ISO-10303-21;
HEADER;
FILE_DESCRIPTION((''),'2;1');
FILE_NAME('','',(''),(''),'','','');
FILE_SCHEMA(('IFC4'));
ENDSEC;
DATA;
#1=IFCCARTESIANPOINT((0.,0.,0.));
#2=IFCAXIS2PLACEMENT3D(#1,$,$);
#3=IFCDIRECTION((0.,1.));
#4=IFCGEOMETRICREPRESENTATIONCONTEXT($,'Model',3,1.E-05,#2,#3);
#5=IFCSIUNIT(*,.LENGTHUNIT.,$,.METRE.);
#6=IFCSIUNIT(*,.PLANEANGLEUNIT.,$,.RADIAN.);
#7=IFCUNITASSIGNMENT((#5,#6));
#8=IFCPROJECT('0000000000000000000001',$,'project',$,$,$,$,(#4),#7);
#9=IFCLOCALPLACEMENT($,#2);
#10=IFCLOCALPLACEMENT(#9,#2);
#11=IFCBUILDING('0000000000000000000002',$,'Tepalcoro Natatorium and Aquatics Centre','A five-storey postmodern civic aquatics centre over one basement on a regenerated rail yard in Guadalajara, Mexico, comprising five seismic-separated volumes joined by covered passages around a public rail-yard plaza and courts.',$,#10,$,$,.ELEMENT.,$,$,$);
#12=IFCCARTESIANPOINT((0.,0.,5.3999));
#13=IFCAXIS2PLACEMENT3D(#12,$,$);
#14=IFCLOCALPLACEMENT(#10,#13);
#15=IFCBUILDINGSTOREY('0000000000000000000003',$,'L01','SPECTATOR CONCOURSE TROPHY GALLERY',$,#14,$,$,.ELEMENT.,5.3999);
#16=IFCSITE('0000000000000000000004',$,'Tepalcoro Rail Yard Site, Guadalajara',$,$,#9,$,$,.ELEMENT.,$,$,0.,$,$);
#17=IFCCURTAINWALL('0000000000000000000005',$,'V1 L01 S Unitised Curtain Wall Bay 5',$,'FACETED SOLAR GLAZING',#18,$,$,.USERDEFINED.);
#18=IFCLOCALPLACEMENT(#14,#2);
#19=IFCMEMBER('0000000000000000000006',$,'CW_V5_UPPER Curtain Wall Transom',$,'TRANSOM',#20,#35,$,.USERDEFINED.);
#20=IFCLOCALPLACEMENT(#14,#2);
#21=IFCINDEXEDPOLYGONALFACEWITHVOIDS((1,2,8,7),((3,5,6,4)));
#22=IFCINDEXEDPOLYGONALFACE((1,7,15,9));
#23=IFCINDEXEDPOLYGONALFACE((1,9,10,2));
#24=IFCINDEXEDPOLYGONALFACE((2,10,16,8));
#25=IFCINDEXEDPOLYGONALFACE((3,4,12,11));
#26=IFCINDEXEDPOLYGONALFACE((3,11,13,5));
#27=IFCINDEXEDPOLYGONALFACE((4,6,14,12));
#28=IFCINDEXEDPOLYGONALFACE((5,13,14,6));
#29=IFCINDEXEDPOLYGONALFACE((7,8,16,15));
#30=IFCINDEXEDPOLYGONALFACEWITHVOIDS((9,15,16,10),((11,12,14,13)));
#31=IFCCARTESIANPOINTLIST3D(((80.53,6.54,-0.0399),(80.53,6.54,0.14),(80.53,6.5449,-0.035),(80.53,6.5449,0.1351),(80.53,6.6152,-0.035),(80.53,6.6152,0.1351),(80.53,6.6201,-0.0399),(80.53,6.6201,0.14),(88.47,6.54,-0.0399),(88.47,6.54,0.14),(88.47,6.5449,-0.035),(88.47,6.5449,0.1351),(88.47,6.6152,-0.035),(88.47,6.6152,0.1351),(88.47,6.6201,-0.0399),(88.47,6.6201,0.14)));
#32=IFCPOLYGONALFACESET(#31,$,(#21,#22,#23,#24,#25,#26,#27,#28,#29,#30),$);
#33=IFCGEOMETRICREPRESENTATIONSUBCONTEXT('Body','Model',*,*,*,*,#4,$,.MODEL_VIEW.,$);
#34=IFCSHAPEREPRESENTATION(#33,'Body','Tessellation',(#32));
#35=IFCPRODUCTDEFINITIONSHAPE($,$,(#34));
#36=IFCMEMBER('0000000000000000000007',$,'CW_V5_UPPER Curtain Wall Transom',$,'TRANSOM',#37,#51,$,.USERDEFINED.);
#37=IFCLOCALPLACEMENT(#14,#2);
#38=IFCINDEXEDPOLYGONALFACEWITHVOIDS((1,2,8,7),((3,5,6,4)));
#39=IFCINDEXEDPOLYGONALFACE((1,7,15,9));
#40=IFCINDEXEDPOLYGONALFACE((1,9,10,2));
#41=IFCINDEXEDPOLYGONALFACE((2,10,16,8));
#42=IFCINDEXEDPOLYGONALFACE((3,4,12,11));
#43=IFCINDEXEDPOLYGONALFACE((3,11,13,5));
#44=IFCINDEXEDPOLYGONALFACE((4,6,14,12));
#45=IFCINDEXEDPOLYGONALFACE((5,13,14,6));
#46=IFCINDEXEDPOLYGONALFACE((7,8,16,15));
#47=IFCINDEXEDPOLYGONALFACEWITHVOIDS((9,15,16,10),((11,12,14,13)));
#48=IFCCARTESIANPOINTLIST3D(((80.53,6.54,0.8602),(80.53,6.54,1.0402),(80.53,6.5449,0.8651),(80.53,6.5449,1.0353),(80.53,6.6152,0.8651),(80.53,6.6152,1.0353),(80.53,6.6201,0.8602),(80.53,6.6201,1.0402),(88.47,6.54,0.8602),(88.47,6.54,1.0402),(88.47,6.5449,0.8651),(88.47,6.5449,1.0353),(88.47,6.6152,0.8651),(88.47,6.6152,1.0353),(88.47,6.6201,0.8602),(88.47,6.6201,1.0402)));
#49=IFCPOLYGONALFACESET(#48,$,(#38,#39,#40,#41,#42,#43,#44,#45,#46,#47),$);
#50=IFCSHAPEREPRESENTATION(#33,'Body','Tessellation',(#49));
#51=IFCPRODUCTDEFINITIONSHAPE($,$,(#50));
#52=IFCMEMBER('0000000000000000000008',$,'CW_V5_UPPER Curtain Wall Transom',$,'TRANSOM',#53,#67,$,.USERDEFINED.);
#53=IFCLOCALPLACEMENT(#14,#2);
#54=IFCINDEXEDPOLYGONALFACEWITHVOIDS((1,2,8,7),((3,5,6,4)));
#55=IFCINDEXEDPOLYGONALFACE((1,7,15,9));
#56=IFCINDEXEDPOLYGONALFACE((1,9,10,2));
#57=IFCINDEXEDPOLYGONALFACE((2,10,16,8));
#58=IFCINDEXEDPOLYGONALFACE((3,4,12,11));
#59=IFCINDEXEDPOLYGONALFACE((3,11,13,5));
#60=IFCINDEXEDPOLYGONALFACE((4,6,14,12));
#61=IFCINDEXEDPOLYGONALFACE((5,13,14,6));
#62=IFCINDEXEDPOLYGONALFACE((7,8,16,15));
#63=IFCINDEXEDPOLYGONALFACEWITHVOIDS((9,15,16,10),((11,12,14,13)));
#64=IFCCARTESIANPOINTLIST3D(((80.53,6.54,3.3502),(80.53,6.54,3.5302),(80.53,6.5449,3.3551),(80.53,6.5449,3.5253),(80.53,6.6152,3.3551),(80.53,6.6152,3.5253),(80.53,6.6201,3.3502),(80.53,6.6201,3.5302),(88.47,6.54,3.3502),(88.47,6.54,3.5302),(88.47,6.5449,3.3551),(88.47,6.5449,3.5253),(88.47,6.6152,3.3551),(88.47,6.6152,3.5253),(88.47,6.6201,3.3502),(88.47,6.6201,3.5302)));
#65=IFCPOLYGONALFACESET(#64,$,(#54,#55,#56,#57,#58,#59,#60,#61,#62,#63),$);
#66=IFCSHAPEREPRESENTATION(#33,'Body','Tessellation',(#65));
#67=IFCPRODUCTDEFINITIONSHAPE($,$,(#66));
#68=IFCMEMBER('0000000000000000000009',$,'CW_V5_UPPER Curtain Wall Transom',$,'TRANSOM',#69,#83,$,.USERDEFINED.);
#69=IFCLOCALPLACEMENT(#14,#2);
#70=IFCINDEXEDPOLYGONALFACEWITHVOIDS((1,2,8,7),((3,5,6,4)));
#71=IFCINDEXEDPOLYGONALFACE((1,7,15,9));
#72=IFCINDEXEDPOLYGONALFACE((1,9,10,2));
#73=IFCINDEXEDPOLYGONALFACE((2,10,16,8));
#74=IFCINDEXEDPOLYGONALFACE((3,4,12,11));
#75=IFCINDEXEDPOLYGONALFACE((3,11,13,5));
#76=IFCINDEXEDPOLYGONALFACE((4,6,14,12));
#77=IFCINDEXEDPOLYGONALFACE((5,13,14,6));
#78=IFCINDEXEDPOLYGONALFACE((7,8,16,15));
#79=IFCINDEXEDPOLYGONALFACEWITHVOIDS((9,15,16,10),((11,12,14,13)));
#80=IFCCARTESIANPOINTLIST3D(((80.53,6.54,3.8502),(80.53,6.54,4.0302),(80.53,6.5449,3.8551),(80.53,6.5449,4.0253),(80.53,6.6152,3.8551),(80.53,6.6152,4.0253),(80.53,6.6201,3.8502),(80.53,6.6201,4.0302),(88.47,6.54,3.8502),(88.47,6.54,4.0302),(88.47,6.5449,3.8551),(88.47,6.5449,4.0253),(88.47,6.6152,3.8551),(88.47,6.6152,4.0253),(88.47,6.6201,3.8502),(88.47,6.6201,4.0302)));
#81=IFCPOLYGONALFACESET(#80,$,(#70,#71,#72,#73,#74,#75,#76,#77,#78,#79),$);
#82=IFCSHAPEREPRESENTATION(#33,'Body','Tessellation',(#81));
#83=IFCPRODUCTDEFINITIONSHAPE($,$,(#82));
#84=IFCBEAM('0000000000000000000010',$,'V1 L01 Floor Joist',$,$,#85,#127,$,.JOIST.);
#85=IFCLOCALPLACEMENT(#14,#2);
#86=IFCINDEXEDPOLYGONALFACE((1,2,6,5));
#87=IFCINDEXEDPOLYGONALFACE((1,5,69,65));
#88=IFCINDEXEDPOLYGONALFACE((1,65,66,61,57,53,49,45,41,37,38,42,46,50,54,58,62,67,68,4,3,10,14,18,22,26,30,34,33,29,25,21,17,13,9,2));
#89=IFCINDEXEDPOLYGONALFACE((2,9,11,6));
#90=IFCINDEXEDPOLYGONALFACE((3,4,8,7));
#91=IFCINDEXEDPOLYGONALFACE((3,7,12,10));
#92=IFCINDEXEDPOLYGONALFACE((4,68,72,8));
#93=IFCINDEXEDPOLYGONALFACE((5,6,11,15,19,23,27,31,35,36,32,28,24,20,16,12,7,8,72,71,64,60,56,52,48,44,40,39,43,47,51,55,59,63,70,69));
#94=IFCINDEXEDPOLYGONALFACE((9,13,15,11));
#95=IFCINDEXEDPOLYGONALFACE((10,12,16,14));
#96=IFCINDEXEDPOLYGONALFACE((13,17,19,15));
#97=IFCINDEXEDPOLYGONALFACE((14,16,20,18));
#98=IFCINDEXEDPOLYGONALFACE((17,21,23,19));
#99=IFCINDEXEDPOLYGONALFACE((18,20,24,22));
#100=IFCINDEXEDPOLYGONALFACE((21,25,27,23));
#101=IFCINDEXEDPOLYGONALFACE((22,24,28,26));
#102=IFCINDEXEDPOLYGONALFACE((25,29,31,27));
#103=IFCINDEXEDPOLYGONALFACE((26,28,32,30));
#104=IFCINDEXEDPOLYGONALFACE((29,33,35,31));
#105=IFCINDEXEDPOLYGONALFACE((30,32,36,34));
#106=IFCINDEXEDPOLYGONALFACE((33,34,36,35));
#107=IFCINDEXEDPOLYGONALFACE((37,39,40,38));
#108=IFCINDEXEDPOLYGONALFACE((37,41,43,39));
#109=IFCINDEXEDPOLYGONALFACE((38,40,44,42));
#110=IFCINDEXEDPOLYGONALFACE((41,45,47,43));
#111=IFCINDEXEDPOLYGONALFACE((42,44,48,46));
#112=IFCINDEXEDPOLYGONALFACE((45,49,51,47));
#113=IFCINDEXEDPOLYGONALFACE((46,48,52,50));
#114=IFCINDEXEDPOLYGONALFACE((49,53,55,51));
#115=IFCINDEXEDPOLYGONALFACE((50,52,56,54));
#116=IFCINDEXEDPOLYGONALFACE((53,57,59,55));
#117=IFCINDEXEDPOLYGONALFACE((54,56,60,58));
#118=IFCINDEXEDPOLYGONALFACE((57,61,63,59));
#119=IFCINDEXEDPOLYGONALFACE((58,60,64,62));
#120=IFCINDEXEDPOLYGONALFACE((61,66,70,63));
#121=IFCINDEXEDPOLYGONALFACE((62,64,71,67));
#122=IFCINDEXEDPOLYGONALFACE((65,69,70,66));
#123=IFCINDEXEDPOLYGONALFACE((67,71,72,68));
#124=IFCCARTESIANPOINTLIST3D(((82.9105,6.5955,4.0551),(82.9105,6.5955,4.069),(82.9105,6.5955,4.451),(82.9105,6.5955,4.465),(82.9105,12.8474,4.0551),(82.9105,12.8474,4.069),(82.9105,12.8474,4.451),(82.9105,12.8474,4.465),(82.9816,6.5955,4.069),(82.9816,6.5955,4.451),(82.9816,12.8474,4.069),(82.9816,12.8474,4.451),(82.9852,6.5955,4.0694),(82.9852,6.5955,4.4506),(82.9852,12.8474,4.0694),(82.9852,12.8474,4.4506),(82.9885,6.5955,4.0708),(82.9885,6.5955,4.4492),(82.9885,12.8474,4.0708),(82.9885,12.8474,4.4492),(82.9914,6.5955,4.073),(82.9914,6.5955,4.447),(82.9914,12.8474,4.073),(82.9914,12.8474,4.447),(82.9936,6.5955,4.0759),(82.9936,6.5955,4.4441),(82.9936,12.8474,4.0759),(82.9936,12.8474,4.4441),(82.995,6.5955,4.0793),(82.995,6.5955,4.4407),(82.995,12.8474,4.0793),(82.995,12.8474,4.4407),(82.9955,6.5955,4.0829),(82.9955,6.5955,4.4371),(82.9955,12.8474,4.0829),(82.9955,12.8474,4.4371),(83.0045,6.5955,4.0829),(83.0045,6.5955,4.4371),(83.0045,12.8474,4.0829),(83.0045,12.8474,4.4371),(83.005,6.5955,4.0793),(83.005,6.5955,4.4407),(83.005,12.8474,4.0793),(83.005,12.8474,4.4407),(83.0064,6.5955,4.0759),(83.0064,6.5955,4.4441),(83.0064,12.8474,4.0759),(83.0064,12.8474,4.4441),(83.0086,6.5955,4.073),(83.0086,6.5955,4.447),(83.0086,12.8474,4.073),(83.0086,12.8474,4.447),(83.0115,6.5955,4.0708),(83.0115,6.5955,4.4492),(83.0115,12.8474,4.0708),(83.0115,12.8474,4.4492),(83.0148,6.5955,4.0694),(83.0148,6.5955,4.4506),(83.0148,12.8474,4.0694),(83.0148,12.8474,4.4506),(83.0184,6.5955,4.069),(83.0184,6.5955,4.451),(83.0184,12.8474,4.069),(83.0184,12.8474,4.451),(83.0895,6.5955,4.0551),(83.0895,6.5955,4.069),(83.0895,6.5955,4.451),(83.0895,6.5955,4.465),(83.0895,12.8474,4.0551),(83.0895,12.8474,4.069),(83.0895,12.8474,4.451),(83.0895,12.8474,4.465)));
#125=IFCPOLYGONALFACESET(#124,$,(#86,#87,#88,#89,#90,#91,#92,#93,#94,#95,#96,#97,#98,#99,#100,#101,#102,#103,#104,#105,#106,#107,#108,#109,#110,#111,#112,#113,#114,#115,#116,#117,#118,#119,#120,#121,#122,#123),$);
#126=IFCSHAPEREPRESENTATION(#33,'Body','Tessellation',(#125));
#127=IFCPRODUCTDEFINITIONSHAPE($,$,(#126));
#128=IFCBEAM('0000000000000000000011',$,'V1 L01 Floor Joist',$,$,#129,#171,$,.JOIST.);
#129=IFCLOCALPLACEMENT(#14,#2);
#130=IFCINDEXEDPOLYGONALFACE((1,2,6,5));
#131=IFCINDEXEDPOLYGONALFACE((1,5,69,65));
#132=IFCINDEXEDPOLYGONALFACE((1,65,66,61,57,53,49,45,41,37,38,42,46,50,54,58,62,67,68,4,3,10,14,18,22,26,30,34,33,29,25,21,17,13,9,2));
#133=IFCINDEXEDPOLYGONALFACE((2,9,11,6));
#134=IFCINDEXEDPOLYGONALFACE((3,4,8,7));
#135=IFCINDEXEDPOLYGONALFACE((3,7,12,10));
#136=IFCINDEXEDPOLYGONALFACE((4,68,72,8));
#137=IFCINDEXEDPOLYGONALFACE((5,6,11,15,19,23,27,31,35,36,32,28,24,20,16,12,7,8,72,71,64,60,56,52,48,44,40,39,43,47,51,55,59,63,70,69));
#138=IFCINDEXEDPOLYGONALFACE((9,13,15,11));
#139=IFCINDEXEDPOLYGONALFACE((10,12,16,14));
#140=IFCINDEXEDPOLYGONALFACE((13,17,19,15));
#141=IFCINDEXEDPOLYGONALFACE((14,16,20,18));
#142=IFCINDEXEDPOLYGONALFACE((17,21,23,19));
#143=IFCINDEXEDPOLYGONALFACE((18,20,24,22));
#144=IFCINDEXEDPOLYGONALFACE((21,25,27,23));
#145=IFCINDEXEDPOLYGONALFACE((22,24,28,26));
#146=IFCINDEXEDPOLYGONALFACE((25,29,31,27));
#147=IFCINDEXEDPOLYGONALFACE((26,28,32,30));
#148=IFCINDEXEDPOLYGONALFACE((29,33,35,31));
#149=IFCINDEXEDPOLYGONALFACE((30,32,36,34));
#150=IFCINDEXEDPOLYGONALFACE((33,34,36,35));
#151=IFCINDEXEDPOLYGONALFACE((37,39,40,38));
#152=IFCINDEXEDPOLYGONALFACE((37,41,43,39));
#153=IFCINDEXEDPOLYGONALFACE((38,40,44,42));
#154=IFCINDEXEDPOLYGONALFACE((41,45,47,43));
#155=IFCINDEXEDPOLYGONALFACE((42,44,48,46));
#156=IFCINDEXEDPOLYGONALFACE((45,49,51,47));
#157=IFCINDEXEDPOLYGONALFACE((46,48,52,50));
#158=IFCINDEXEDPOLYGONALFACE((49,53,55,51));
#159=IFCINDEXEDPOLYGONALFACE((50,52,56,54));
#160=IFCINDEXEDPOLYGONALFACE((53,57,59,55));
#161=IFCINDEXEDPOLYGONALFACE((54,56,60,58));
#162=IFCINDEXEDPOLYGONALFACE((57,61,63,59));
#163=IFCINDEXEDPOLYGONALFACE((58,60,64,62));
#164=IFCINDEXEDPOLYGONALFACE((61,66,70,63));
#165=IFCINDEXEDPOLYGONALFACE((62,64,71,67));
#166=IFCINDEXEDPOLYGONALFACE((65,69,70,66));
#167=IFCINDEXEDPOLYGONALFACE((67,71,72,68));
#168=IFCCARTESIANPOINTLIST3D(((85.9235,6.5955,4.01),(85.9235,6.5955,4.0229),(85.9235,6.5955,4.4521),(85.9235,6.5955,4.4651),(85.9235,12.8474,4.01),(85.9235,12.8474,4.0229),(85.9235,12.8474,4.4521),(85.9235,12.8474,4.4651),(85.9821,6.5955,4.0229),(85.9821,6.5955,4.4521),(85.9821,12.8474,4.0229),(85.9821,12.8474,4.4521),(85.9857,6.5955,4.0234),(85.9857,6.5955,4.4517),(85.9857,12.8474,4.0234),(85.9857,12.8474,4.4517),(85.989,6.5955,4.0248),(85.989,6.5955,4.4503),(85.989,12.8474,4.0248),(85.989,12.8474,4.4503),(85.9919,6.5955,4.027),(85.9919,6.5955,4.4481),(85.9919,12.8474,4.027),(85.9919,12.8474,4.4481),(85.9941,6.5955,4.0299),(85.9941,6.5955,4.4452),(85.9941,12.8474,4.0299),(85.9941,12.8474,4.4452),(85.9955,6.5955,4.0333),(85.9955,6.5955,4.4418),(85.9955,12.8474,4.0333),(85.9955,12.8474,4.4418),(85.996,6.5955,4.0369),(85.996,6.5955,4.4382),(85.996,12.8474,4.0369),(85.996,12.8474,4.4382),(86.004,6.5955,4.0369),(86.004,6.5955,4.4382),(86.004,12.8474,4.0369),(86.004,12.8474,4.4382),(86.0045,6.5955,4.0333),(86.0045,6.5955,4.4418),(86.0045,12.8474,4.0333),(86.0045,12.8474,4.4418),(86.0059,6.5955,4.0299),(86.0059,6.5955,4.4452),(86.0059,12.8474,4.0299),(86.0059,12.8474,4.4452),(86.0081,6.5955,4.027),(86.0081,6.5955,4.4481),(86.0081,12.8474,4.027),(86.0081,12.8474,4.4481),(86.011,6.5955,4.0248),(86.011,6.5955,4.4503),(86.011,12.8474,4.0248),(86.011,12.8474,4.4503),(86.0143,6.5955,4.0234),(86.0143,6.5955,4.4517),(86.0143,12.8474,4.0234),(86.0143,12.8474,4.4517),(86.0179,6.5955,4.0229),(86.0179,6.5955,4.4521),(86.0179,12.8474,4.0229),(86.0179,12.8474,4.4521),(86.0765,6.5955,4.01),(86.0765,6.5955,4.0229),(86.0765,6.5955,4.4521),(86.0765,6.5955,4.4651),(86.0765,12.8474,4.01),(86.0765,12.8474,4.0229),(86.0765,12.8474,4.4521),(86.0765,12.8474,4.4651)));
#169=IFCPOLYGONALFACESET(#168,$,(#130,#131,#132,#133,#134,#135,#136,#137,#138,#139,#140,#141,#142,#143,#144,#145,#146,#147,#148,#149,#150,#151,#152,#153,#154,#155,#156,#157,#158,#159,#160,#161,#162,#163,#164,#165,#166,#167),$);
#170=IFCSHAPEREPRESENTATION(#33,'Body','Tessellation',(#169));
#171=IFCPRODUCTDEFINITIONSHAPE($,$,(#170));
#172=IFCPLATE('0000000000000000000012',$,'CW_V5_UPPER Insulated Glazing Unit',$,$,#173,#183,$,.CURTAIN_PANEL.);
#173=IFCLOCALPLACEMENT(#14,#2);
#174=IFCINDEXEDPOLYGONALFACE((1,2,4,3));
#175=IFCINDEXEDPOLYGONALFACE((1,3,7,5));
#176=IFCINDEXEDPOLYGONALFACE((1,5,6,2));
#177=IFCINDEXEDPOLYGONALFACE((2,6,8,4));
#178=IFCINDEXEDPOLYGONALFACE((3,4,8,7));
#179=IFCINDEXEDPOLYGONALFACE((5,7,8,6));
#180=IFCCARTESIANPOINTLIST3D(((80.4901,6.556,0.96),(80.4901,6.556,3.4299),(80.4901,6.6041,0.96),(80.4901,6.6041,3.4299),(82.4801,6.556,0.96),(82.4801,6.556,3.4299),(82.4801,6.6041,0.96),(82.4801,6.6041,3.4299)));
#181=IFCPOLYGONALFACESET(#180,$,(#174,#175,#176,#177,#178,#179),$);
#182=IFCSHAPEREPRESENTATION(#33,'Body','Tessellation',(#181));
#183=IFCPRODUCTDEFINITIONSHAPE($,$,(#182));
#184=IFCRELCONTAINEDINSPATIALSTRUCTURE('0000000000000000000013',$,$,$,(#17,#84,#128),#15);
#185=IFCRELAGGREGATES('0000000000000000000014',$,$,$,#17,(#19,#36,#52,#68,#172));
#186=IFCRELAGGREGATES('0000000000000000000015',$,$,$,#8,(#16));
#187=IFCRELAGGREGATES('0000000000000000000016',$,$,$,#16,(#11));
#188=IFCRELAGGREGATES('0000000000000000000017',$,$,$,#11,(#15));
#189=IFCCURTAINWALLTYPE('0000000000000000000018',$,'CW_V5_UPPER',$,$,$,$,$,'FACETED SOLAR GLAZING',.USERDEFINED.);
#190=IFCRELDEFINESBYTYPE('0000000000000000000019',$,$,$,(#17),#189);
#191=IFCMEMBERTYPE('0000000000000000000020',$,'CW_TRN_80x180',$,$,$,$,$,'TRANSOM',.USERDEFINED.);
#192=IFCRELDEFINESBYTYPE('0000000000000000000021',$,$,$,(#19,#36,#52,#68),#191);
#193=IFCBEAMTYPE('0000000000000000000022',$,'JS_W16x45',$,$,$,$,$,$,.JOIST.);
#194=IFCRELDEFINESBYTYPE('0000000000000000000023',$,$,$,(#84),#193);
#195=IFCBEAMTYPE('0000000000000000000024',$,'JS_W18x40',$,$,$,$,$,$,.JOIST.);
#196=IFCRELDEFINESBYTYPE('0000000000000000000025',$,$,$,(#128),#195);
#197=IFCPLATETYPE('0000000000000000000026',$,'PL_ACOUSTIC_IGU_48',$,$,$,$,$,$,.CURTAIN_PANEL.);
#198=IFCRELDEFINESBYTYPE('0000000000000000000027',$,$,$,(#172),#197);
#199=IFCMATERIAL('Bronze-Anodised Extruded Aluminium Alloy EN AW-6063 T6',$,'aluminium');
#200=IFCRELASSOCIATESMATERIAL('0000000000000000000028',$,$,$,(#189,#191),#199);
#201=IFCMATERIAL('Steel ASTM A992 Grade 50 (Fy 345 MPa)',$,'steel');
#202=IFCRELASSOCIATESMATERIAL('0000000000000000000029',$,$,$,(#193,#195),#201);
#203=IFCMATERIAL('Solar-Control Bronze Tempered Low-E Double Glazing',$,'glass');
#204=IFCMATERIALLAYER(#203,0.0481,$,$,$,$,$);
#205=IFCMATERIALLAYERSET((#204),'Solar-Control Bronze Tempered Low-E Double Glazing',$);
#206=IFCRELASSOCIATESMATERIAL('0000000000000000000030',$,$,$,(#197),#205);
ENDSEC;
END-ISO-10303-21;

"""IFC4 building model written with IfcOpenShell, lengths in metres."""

from ifc_helpers import new_model, si_unit, direction, frame, origin, origin_2d, place, context, subcontext, project, spatial, rectangle, hollow_rectangle, i_section, extrude, material, layer, layer_set, material_profile, profile_set, type_object, element, aggregate, save


model = new_model("IFC4")

# Units and contexts
model_context = context("Model", 3, precision=1e-05, world=origin(), true_north=direction((0.0, 1.0)))
body_context = subcontext(model_context, "Body", "Model", "MODEL_VIEW")
ifc_project = project(units=[si_unit("LENGTHUNIT", "METRE"), si_unit("PLANEANGLEUNIT", "RADIAN")], contexts=[model_context])

# Site, building, storey
site_placement = place(None, origin())
site = spatial("IfcSite", under=ifc_project, at=site_placement, Name="Tepalcoro Rail Yard Site, Guadalajara", CompositionType="ELEMENT", RefElevation=0.0)
building_placement = place(site_placement, origin())
building = spatial("IfcBuilding", under=site, at=building_placement, Name="Tepalcoro Natatorium and Aquatics Centre", Description="A five-storey postmodern civic aquatics centre over one basement on a regenerated rail yard in Guadalajara, Mexico, comprising five seismic-separated volumes joined by covered passages around a public rail-yard plaza and courts.", CompositionType="ELEMENT")
storey_placement = place(building_placement, frame((0.0, 0.0, 5.3999)))
storey = spatial("IfcBuildingStorey", under=building, at=storey_placement, Name="L01", Description="SPECTATOR CONCOURSE TROPHY GALLERY", CompositionType="ELEMENT", Elevation=5.3999)

# Shared definitions
ifc_material_1 = material(Name="Steel ASTM A992 Grade 50 (Fy 345 MPa)", Category="steel")

# Curtain wall, members
ifc_material_2 = material(Name="Bronze-Anodised Extruded Aluminium Alloy EN AW-6063 T6", Category="aluminium")
curtain_wall_type = type_object("IfcCurtainWallType", Name="CW_V5_UPPER", ElementType="FACETED SOLAR GLAZING", PredefinedType="USERDEFINED", material=ifc_material_2)
curtain_wall_placement = place(storey_placement, origin())
curtain_wall = element("IfcCurtainWall", 1, at=curtain_wall_placement, inside=storey, type_object=curtain_wall_type, Name="V1 L01 S Unitised Curtain Wall Bay 5", ObjectType="FACETED SOLAR GLAZING", PredefinedType="USERDEFINED")
ifc_material_profile_1 = material_profile(ifc_material_2, hollow_rectangle(XDim=0.0801, YDim=0.1799, WallThickness=0.0049, at=origin_2d()), Name="AL80X180X5")
ifc_profile_set_1 = profile_set([ifc_material_profile_1], Name="Bronze-Anodised Extruded Aluminium Alloy EN AW-6063 T6")
member_type_1 = type_object("IfcMemberType", Name="CW_TRN_80x180", ElementType="TRANSOM", PredefinedType="USERDEFINED", material=ifc_profile_set_1)
member_1_placement = place(storey_placement, frame((80.53, 6.5801, 0.05), z_axis=(1.0, 0.0, 0.0), x_axis=(0.0, 1.0, 0.0)))
member_1 = element("IfcMember", 2, at=member_1_placement, type_object=member_type_1, Name="CW_V5_UPPER Curtain Wall Transom", ObjectType="TRANSOM", PredefinedType="USERDEFINED", context=body_context, shape_type="SweptSolid", body=[
    extrude(hollow_rectangle(XDim=0.0801, YDim=0.1799, WallThickness=0.0049, at=origin_2d()), origin(), (0.0, 0.0, 1.0), 7.9399),
])
member_2_placement = place(storey_placement, frame((80.53, 6.5801, 0.9502), z_axis=(1.0, 0.0, 0.0), x_axis=(0.0, 1.0, 0.0)))
member_2 = element("IfcMember", 3, at=member_2_placement, type_object=member_type_1, Name="CW_V5_UPPER Curtain Wall Transom", ObjectType="TRANSOM", PredefinedType="USERDEFINED", context=body_context, shape_type="SweptSolid", body=[
    extrude(hollow_rectangle(XDim=0.0801, YDim=0.1799, WallThickness=0.0049, at=origin_2d()), origin(), (0.0, 0.0, 1.0), 7.9399),
])
member_3_placement = place(storey_placement, frame((80.53, 6.5801, 3.4402), z_axis=(1.0, 0.0, 0.0), x_axis=(0.0, 1.0, 0.0)))
member_3 = element("IfcMember", 4, at=member_3_placement, type_object=member_type_1, Name="CW_V5_UPPER Curtain Wall Transom", ObjectType="TRANSOM", PredefinedType="USERDEFINED", context=body_context, shape_type="SweptSolid", body=[
    extrude(hollow_rectangle(XDim=0.0801, YDim=0.1799, WallThickness=0.0049, at=origin_2d()), origin(), (0.0, 0.0, 1.0), 7.9399),
])
member_4_placement = place(storey_placement, frame((80.53, 6.5801, 3.9402), z_axis=(1.0, 0.0, 0.0), x_axis=(0.0, 1.0, 0.0)))
member_4 = element("IfcMember", 5, at=member_4_placement, type_object=member_type_1, Name="CW_V5_UPPER Curtain Wall Transom", ObjectType="TRANSOM", PredefinedType="USERDEFINED", context=body_context, shape_type="SweptSolid", body=[
    extrude(hollow_rectangle(XDim=0.0801, YDim=0.1799, WallThickness=0.0049, at=origin_2d()), origin(), (0.0, 0.0, 1.0), 7.9399),
])

# Beams
ifc_material_profile_2 = material_profile(ifc_material_1, i_section(OverallWidth=0.179, OverallDepth=0.4099, WebThickness=0.009, FlangeThickness=0.0139, FilletRadius=0.0139, at=origin_2d()), Name="W16X45")
ifc_profile_set_2 = profile_set([ifc_material_profile_2], Name="Steel ASTM A992 Grade 50 (Fy 345 MPa)")
beam_type_1 = type_object("IfcBeamType", Name="JS_W16x45", PredefinedType="JOIST", material=ifc_profile_set_2)
beam_1_placement = place(storey_placement, frame((83.0, 6.5955, 4.26), z_axis=(0.0, 1.0, 0.0), x_axis=(-1.0, 0.0, 0.0)))
element("IfcBeam", 6, at=beam_1_placement, inside=storey, type_object=beam_type_1, Name="V1 L01 Floor Joist", PredefinedType="JOIST", context=body_context, shape_type="SweptSolid", body=[
    extrude(i_section(OverallWidth=0.179, OverallDepth=0.4099, WebThickness=0.009, FlangeThickness=0.0139, FilletRadius=0.0139, at=origin_2d()), origin(), (0.0, 0.0, 1.0), 6.252),
])
ifc_material_profile_3 = material_profile(ifc_material_1, i_section(OverallWidth=0.1531, OverallDepth=0.4551, WebThickness=0.0081, FlangeThickness=0.0129, FilletRadius=0.0139, at=origin_2d()), Name="W18X40")
ifc_profile_set_3 = profile_set([ifc_material_profile_3], Name="Steel ASTM A992 Grade 50 (Fy 345 MPa)")
beam_type_2 = type_object("IfcBeamType", Name="JS_W18x40", PredefinedType="JOIST", material=ifc_profile_set_3)
beam_2_placement = place(storey_placement, frame((86.0, 6.5955, 4.2375), z_axis=(0.0, 1.0, 0.0), x_axis=(-1.0, 0.0, 0.0)))
element("IfcBeam", 7, at=beam_2_placement, inside=storey, type_object=beam_type_2, Name="V1 L01 Floor Joist", PredefinedType="JOIST", context=body_context, shape_type="SweptSolid", body=[
    extrude(i_section(OverallWidth=0.1531, OverallDepth=0.4551, WebThickness=0.0081, FlangeThickness=0.0129, FilletRadius=0.0139, at=origin_2d()), origin(), (0.0, 0.0, 1.0), 6.252),
])

# Plate
ifc_material_3 = material(Name="Solar-Control Bronze Tempered Low-E Double Glazing", Category="glass")
ifc_layer_1 = layer(ifc_material_3, 0.0481)
ifc_layer_set_1 = layer_set([ifc_layer_1], Name="Solar-Control Bronze Tempered Low-E Double Glazing")
plate_type_1 = type_object("IfcPlateType", Name="PL_ACOUSTIC_IGU_48", PredefinedType="CURTAIN_PANEL", material=ifc_layer_set_1)
plate_1_placement = place(storey_placement, frame((81.4851, 6.5801, 0.96), z_axis=(0.0, 0.0, 1.0), x_axis=(1.0, 0.0, 0.0)))
plate_1 = element("IfcPlate", 8, at=plate_1_placement, type_object=plate_type_1, Name="CW_V5_UPPER Insulated Glazing Unit", PredefinedType="CURTAIN_PANEL", context=body_context, shape_type="SweptSolid", body=[
    extrude(rectangle(XDim=1.99, YDim=0.0481, at=origin_2d()), origin(), (0.0, 0.0, 1.0), 2.47),
])
aggregate(curtain_wall, [member_1, member_2, member_3, member_4, plate_1])

save(model, "model.ifc")
